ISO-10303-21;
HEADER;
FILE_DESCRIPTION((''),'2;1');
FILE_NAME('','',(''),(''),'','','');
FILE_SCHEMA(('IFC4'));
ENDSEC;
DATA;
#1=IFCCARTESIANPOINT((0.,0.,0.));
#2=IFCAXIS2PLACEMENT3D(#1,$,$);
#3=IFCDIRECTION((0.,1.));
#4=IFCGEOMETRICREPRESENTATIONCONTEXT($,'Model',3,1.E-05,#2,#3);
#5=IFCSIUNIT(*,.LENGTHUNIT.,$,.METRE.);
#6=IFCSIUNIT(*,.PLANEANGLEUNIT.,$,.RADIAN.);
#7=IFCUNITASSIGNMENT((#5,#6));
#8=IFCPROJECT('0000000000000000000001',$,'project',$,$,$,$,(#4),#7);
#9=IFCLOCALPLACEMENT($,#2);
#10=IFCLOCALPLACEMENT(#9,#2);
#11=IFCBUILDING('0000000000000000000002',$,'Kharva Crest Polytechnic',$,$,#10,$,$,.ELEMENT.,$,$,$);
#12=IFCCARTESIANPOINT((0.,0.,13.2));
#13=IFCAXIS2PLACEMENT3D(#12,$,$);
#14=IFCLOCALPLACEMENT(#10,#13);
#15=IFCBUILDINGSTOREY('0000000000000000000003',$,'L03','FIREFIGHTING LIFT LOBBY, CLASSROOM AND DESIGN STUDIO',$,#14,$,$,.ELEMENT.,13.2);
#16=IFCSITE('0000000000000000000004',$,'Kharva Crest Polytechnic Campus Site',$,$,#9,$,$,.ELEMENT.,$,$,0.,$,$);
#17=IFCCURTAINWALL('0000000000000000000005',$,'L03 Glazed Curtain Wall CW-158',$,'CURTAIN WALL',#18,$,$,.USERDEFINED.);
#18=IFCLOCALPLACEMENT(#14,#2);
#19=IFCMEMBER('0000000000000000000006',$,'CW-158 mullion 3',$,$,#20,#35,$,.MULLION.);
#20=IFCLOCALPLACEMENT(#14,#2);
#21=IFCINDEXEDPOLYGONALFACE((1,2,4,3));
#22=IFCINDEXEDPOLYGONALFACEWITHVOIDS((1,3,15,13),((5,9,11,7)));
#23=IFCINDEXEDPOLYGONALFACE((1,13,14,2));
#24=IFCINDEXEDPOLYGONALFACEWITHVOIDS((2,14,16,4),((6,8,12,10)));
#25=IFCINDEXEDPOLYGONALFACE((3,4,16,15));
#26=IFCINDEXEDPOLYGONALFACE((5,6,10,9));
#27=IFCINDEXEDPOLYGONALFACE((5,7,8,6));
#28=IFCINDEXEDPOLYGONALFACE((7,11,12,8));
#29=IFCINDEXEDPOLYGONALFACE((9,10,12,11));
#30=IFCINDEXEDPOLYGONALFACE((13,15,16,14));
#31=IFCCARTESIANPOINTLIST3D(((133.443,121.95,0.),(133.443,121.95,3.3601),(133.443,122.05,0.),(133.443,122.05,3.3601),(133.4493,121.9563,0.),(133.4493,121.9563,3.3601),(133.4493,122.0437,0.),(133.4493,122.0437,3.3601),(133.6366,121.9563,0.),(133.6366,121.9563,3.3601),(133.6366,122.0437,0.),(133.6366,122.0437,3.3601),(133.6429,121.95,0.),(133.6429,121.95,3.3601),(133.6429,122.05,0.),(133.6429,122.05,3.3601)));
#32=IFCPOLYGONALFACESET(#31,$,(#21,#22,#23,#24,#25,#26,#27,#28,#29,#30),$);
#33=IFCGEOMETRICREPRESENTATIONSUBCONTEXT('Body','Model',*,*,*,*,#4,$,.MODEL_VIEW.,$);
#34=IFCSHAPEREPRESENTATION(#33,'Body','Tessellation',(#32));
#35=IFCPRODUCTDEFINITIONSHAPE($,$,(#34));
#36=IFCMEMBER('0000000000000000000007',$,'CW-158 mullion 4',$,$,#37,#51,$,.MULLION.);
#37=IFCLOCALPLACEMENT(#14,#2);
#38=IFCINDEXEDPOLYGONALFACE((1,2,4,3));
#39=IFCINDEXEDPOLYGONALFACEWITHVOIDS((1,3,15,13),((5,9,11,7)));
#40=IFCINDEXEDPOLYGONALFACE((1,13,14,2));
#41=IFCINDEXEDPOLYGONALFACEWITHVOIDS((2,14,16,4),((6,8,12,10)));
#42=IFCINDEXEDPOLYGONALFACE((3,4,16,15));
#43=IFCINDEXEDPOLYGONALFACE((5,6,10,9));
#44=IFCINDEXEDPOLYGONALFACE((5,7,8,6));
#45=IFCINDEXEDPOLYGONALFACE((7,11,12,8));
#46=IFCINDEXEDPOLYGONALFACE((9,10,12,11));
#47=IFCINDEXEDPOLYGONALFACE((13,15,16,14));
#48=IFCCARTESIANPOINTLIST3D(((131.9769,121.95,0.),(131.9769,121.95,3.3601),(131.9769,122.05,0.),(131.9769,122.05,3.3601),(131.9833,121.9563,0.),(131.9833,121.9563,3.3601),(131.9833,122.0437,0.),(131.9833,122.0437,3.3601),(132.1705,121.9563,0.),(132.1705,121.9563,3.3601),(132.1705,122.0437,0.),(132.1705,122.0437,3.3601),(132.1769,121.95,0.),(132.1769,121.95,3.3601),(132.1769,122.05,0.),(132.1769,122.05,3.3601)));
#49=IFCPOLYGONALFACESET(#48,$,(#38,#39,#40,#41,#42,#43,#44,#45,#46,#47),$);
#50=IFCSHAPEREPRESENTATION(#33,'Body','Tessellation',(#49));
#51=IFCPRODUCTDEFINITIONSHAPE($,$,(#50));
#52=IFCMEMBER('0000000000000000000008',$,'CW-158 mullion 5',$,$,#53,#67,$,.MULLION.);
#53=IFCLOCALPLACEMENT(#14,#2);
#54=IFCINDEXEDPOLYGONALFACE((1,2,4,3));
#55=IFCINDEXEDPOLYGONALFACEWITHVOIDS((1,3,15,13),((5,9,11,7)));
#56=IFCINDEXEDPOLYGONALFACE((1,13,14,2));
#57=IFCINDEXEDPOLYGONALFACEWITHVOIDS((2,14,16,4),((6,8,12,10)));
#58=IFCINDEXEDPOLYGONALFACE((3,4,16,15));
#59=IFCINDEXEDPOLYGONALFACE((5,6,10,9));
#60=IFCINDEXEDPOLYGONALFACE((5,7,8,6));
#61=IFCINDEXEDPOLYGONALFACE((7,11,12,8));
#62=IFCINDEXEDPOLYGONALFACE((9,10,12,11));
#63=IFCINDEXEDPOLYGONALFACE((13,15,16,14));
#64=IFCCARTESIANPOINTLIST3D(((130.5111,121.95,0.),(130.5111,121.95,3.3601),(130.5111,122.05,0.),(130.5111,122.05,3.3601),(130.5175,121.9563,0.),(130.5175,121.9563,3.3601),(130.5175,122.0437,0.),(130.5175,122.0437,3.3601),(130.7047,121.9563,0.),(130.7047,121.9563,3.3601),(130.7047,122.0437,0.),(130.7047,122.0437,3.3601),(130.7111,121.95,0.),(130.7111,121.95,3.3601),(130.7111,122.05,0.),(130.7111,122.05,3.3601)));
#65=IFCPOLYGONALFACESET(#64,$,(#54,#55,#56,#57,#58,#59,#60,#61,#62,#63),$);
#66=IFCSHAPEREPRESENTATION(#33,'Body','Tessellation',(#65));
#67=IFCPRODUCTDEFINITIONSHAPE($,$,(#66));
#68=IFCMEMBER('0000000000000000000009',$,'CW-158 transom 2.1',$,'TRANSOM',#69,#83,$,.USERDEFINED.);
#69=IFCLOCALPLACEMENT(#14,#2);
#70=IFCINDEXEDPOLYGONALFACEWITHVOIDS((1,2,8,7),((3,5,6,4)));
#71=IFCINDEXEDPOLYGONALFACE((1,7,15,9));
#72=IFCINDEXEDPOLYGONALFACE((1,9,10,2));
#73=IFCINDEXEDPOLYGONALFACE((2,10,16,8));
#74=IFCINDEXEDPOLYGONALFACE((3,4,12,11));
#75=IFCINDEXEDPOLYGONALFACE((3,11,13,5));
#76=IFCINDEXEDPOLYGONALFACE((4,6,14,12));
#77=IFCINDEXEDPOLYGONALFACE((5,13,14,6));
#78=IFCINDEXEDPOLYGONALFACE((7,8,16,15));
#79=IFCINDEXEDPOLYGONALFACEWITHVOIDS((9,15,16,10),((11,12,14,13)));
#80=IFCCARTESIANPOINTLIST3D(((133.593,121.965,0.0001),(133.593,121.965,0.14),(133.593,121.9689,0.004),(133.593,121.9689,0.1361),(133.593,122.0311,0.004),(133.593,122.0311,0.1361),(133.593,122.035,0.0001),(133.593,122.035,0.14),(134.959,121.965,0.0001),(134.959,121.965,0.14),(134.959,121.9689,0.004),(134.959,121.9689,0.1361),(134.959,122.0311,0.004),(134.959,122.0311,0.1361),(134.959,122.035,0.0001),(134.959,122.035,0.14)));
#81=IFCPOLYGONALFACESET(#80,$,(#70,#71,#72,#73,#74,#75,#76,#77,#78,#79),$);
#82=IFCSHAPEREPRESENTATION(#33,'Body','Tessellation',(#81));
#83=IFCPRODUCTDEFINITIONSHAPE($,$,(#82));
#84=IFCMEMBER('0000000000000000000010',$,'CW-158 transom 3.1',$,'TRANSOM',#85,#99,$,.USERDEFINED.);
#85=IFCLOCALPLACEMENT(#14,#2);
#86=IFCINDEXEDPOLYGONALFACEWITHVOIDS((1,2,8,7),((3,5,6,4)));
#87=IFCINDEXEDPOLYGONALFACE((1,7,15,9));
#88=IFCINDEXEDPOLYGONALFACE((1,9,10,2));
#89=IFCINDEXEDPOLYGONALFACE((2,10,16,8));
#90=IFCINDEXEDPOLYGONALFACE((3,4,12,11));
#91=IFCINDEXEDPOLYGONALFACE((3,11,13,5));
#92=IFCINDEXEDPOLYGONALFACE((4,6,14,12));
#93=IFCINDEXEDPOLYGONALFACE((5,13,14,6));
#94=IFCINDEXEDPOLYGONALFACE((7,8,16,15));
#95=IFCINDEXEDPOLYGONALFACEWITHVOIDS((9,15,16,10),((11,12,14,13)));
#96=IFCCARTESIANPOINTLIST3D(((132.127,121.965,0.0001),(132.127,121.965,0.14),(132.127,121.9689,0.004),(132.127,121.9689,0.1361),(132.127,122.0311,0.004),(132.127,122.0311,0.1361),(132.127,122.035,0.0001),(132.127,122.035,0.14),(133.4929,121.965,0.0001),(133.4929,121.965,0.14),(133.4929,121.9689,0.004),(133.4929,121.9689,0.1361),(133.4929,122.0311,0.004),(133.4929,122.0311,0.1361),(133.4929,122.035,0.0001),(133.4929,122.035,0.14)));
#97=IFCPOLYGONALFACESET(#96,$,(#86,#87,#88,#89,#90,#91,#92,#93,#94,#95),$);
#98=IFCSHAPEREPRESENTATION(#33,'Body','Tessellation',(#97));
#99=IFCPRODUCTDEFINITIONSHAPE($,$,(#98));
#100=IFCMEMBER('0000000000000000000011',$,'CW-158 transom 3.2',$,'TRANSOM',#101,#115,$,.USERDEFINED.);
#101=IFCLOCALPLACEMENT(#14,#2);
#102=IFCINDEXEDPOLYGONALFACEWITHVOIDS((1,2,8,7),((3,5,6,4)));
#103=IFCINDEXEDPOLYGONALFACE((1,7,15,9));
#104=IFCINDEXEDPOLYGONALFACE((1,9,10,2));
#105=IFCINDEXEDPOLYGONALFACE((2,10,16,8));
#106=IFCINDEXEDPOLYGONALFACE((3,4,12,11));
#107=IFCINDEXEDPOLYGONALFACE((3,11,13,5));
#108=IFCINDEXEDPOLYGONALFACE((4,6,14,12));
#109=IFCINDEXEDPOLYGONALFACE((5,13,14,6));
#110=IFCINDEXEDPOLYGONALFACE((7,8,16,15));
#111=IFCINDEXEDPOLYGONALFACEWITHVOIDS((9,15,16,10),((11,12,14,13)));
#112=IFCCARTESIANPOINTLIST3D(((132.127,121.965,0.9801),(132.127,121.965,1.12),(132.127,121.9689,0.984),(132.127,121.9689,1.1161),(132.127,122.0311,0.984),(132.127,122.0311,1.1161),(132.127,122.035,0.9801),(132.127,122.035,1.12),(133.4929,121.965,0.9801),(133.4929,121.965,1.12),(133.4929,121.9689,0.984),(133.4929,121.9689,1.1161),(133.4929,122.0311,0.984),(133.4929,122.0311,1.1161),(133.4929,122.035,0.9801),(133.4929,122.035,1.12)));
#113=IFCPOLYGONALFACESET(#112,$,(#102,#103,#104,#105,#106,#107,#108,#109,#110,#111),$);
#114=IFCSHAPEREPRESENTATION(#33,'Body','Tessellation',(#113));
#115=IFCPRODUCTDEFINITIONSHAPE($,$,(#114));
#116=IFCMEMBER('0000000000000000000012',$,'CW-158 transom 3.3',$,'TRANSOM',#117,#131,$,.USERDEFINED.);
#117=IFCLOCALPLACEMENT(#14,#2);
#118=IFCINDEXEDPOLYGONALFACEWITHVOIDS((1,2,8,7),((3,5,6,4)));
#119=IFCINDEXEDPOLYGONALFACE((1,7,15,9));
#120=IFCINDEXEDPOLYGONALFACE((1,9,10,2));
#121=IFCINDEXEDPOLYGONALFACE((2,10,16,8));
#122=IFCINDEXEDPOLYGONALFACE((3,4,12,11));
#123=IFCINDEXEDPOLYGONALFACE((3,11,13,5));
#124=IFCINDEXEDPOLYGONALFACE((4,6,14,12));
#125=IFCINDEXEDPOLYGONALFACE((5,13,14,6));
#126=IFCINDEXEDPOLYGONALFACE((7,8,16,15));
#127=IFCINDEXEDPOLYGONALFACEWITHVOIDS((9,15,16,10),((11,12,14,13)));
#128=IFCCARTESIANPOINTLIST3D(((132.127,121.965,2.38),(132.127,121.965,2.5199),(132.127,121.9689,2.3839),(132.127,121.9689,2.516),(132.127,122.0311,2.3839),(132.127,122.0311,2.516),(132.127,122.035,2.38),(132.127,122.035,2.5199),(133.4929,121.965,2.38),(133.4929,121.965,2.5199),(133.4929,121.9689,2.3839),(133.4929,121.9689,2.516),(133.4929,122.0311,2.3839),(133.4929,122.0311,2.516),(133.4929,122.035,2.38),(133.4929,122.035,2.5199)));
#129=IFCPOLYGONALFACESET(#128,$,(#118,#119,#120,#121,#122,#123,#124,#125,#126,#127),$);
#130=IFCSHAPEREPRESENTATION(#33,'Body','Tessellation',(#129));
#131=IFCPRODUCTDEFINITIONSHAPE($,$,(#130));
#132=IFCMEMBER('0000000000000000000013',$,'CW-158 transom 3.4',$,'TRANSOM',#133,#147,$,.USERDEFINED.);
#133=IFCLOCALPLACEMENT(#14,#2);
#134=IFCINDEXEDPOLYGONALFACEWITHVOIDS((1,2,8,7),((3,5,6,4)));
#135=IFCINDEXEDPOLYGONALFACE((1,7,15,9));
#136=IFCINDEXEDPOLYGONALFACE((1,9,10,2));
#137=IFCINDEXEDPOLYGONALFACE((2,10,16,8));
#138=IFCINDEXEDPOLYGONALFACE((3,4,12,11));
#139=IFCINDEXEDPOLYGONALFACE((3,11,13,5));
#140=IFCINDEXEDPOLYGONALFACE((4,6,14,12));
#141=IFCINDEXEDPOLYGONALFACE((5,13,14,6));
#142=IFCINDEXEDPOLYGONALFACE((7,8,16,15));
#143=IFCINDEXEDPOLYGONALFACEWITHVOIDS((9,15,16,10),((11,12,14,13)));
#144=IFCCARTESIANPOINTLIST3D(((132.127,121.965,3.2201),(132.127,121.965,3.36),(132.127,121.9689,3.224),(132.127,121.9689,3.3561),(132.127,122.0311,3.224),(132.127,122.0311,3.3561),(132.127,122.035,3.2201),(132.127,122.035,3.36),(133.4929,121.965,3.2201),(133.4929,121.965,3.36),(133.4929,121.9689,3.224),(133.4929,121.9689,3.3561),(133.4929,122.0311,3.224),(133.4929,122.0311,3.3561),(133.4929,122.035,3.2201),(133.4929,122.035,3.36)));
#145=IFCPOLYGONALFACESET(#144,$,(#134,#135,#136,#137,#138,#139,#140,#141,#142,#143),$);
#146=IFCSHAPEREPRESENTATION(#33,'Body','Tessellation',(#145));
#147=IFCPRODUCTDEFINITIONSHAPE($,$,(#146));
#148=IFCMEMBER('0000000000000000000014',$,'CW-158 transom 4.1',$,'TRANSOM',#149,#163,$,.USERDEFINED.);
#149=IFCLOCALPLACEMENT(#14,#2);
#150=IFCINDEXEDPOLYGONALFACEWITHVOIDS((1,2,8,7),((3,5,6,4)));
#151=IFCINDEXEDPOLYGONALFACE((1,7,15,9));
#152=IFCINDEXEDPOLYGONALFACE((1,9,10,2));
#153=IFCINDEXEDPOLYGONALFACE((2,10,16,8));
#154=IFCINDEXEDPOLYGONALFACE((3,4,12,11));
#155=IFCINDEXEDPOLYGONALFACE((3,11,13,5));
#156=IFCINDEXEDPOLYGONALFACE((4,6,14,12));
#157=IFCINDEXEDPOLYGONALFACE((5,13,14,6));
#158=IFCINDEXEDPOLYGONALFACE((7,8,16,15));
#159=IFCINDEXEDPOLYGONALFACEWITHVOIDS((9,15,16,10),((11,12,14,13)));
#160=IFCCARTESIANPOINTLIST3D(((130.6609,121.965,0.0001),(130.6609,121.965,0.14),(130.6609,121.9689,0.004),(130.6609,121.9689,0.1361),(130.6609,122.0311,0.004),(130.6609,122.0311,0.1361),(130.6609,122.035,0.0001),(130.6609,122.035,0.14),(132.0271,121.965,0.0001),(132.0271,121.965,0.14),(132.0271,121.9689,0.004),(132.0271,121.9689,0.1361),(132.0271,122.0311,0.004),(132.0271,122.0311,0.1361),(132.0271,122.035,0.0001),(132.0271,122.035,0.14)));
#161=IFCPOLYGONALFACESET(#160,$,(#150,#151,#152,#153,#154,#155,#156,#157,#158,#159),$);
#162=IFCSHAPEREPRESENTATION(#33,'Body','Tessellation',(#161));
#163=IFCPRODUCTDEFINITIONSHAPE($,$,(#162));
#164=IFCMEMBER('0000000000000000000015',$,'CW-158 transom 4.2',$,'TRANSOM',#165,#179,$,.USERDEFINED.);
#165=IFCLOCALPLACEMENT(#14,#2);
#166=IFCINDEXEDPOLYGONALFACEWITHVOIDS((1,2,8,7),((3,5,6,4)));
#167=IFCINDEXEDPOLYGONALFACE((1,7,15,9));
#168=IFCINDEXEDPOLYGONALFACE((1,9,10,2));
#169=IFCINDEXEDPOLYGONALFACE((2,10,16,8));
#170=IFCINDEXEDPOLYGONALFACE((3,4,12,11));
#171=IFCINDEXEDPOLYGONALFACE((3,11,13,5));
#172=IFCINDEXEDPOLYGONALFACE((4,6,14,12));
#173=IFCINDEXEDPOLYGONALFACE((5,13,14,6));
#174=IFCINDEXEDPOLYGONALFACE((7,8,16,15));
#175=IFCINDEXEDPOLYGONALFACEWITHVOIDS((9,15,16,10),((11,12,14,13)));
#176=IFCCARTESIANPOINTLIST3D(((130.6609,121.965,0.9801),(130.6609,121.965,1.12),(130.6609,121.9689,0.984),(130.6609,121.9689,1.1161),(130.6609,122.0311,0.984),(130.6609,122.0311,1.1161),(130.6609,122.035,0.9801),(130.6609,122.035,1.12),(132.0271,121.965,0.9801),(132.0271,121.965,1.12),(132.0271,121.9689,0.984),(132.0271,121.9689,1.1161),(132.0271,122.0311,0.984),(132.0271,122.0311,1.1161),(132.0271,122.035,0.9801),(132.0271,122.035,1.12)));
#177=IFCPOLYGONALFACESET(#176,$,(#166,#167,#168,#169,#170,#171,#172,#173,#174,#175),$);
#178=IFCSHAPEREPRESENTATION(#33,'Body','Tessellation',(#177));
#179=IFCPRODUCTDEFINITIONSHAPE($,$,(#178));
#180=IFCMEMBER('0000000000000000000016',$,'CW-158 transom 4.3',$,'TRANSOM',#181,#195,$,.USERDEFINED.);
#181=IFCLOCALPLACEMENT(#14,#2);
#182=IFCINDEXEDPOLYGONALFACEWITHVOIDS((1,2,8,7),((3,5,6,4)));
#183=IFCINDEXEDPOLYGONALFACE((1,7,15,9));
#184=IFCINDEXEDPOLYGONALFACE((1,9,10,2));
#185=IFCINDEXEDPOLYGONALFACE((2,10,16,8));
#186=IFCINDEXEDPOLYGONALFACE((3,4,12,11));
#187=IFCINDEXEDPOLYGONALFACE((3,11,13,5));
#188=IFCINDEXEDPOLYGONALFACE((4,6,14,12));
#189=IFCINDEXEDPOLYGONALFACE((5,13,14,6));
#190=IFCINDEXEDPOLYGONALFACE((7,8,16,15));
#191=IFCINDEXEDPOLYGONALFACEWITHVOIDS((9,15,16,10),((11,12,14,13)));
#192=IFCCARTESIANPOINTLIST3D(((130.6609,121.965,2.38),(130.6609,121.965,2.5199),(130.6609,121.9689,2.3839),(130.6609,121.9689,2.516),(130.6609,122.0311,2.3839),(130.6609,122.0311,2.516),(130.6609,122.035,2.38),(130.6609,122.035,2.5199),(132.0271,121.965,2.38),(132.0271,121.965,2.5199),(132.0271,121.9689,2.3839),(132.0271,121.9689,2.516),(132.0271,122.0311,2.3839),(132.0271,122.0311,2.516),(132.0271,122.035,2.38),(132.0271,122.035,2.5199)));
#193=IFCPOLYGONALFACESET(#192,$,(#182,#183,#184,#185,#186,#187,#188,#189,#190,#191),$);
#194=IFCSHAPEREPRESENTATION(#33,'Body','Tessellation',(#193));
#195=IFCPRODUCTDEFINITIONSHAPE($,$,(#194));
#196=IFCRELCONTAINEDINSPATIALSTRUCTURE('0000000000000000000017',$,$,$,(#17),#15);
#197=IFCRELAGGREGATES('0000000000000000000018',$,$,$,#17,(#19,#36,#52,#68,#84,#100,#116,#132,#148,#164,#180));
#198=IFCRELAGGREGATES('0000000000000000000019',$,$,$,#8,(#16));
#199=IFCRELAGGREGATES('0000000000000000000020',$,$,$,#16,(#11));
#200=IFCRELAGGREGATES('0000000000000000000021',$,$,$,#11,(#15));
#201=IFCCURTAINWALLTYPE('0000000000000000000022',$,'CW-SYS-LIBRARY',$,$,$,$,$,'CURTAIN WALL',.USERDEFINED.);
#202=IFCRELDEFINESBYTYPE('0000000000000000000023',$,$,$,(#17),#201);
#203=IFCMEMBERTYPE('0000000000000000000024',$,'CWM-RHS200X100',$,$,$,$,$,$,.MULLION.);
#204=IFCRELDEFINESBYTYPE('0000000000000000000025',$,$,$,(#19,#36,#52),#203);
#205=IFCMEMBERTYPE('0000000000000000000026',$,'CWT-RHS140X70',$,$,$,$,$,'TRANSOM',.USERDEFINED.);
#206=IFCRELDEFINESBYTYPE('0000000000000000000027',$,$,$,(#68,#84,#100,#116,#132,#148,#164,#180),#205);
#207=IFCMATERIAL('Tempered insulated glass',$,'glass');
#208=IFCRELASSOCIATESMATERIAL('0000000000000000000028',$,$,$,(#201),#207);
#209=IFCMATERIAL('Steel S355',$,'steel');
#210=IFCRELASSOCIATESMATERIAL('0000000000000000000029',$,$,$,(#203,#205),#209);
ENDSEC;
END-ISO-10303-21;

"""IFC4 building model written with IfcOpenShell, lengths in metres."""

from ifc_helpers import new_model, si_unit, direction, frame, origin, origin_2d, place, context, subcontext, project, spatial, hollow_rectangle, extrude, material, material_profile, profile_set, type_object, element, aggregate, save


model = new_model("IFC4")

# Units and contexts
model_context = context("Model", 3, precision=1e-05, world=origin(), true_north=direction((0.0, 1.0)))
body_context = subcontext(model_context, "Body", "Model", "MODEL_VIEW")
ifc_project = project(units=[si_unit("LENGTHUNIT", "METRE"), si_unit("PLANEANGLEUNIT", "RADIAN")], contexts=[model_context])

# Site, building, storey
site_placement = place(None, origin())
site = spatial("IfcSite", under=ifc_project, at=site_placement, Name="Kharva Crest Polytechnic Campus Site", CompositionType="ELEMENT", RefElevation=0.0)
building_placement = place(site_placement, origin())
building = spatial("IfcBuilding", under=site, at=building_placement, Name="Kharva Crest Polytechnic", CompositionType="ELEMENT")
storey_placement = place(building_placement, frame((0.0, 0.0, 13.2)))
storey = spatial("IfcBuildingStorey", under=building, at=storey_placement, Name="L03", Description="FIREFIGHTING LIFT LOBBY, CLASSROOM AND DESIGN STUDIO", CompositionType="ELEMENT", Elevation=13.2)

# Curtain wall, members
ifc_material_1 = material(Name="Tempered insulated glass", Category="glass")
curtain_wall_type = type_object("IfcCurtainWallType", Name="CW-SYS-LIBRARY", ElementType="CURTAIN WALL", PredefinedType="USERDEFINED", material=ifc_material_1)
curtain_wall_placement = place(storey_placement, origin())
curtain_wall = element("IfcCurtainWall", 1, at=curtain_wall_placement, inside=storey, type_object=curtain_wall_type, Name="L03 Glazed Curtain Wall CW-158", ObjectType="CURTAIN WALL", PredefinedType="USERDEFINED")
ifc_material_2 = material(Name="Steel S355", Category="steel")
ifc_material_profile_1 = material_profile(ifc_material_2, hollow_rectangle(XDim=0.1001, YDim=0.2, WallThickness=0.0063, at=origin_2d()), Name="RHS 200X100X6.3")
ifc_profile_set_1 = profile_set([ifc_material_profile_1], Name="Steel S355")
member_type_1 = type_object("IfcMemberType", Name="CWM-RHS200X100", PredefinedType="MULLION", material=ifc_profile_set_1)
member_1_placement = place(storey_placement, frame((133.543, 122.0, 0.0), z_axis=(0.0, 0.0, 1.0), x_axis=(0.0, -1.0, 0.0)))
member_1 = element("IfcMember", 2, at=member_1_placement, type_object=member_type_1, Name="CW-158 mullion 3", PredefinedType="MULLION", context=body_context, shape_type="SweptSolid", body=[
    extrude(hollow_rectangle(XDim=0.1001, YDim=0.2, WallThickness=0.0063, at=origin_2d()), origin(), (0.0, 0.0, 1.0), 3.3601),
])
member_2_placement = place(storey_placement, frame((132.0769, 122.0, 0.0), z_axis=(0.0, 0.0, 1.0), x_axis=(0.0, -1.0, 0.0)))
member_2 = element("IfcMember", 3, at=member_2_placement, type_object=member_type_1, Name="CW-158 mullion 4", PredefinedType="MULLION", context=body_context, shape_type="SweptSolid", body=[
    extrude(hollow_rectangle(XDim=0.1001, YDim=0.2, WallThickness=0.0063, at=origin_2d()), origin(), (0.0, 0.0, 1.0), 3.3601),
])
member_3_placement = place(storey_placement, frame((130.6111, 122.0, 0.0), z_axis=(0.0, 0.0, 1.0), x_axis=(0.0, -1.0, 0.0)))
member_3 = element("IfcMember", 4, at=member_3_placement, type_object=member_type_1, Name="CW-158 mullion 5", PredefinedType="MULLION", context=body_context, shape_type="SweptSolid", body=[
    extrude(hollow_rectangle(XDim=0.1001, YDim=0.2, WallThickness=0.0063, at=origin_2d()), origin(), (0.0, 0.0, 1.0), 3.3601),
])
ifc_material_profile_2 = material_profile(ifc_material_2, hollow_rectangle(XDim=0.0701, YDim=0.1399, WallThickness=0.0039, at=origin_2d()), Name="RHS 140X70X4.0")
ifc_profile_set_2 = profile_set([ifc_material_profile_2], Name="Steel S355")
member_type_2 = type_object("IfcMemberType", Name="CWT-RHS140X70", ElementType="TRANSOM", PredefinedType="USERDEFINED", material=ifc_profile_set_2)
member_4_placement = place(storey_placement, frame((134.959, 122.0, 0.0701), z_axis=(-1.0, 0.0, 0.0), x_axis=(0.0, -1.0, 0.0)))
member_4 = element("IfcMember", 5, at=member_4_placement, type_object=member_type_2, Name="CW-158 transom 2.1", ObjectType="TRANSOM", PredefinedType="USERDEFINED", context=body_context, shape_type="SweptSolid", body=[
    extrude(hollow_rectangle(XDim=0.0701, YDim=0.1399, WallThickness=0.0039, at=origin_2d()), origin(), (0.0, 0.0, 1.0), 1.366),
])
member_5_placement = place(storey_placement, frame((133.4929, 122.0, 0.0701), z_axis=(-1.0, 0.0, 0.0), x_axis=(0.0, -1.0, 0.0)))
member_5 = element("IfcMember", 6, at=member_5_placement, type_object=member_type_2, Name="CW-158 transom 3.1", ObjectType="TRANSOM", PredefinedType="USERDEFINED", context=body_context, shape_type="SweptSolid", body=[
    extrude(hollow_rectangle(XDim=0.0701, YDim=0.1399, WallThickness=0.0039, at=origin_2d()), origin(), (0.0, 0.0, 1.0), 1.366),
])
member_6_placement = place(storey_placement, frame((133.4929, 122.0, 1.05), z_axis=(-1.0, 0.0, 0.0), x_axis=(0.0, -1.0, 0.0)))
member_6 = element("IfcMember", 7, at=member_6_placement, type_object=member_type_2, Name="CW-158 transom 3.2", ObjectType="TRANSOM", PredefinedType="USERDEFINED", context=body_context, shape_type="SweptSolid", body=[
    extrude(hollow_rectangle(XDim=0.0701, YDim=0.1399, WallThickness=0.0039, at=origin_2d()), origin(), (0.0, 0.0, 1.0), 1.366),
])
member_7_placement = place(storey_placement, frame((133.4929, 122.0, 2.45), z_axis=(-1.0, 0.0, 0.0), x_axis=(0.0, -1.0, 0.0)))
member_7 = element("IfcMember", 8, at=member_7_placement, type_object=member_type_2, Name="CW-158 transom 3.3", ObjectType="TRANSOM", PredefinedType="USERDEFINED", context=body_context, shape_type="SweptSolid", body=[
    extrude(hollow_rectangle(XDim=0.0701, YDim=0.1399, WallThickness=0.0039, at=origin_2d()), origin(), (0.0, 0.0, 1.0), 1.366),
])
member_8_placement = place(storey_placement, frame((133.4929, 122.0, 3.29), z_axis=(-1.0, 0.0, 0.0), x_axis=(0.0, -1.0, 0.0)))
member_8 = element("IfcMember", 9, at=member_8_placement, type_object=member_type_2, Name="CW-158 transom 3.4", ObjectType="TRANSOM", PredefinedType="USERDEFINED", context=body_context, shape_type="SweptSolid", body=[
    extrude(hollow_rectangle(XDim=0.0701, YDim=0.1399, WallThickness=0.0039, at=origin_2d()), origin(), (0.0, 0.0, 1.0), 1.366),
])
member_9_placement = place(storey_placement, frame((132.0271, 122.0, 0.0701), z_axis=(-1.0, 0.0, 0.0), x_axis=(0.0, -1.0, 0.0)))
member_9 = element("IfcMember", 10, at=member_9_placement, type_object=member_type_2, Name="CW-158 transom 4.1", ObjectType="TRANSOM", PredefinedType="USERDEFINED", context=body_context, shape_type="SweptSolid", body=[
    extrude(hollow_rectangle(XDim=0.0701, YDim=0.1399, WallThickness=0.0039, at=origin_2d()), origin(), (0.0, 0.0, 1.0), 1.3662),
])
member_10_placement = place(storey_placement, frame((132.0271, 122.0, 1.05), z_axis=(-1.0, 0.0, 0.0), x_axis=(0.0, -1.0, 0.0)))
member_10 = element("IfcMember", 11, at=member_10_placement, type_object=member_type_2, Name="CW-158 transom 4.2", ObjectType="TRANSOM", PredefinedType="USERDEFINED", context=body_context, shape_type="SweptSolid", body=[
    extrude(hollow_rectangle(XDim=0.0701, YDim=0.1399, WallThickness=0.0039, at=origin_2d()), origin(), (0.0, 0.0, 1.0), 1.3662),
])
member_11_placement = place(storey_placement, frame((132.0271, 122.0, 2.45), z_axis=(-1.0, 0.0, 0.0), x_axis=(0.0, -1.0, 0.0)))
member_11 = element("IfcMember", 12, at=member_11_placement, type_object=member_type_2, Name="CW-158 transom 4.3", ObjectType="TRANSOM", PredefinedType="USERDEFINED", context=body_context, shape_type="SweptSolid", body=[
    extrude(hollow_rectangle(XDim=0.0701, YDim=0.1399, WallThickness=0.0039, at=origin_2d()), origin(), (0.0, 0.0, 1.0), 1.3662),
])
aggregate(curtain_wall, [member_1, member_2, member_3, member_4, member_5, member_6, member_7, member_8, member_9, member_10, member_11])

save(model, "model.ifc")
